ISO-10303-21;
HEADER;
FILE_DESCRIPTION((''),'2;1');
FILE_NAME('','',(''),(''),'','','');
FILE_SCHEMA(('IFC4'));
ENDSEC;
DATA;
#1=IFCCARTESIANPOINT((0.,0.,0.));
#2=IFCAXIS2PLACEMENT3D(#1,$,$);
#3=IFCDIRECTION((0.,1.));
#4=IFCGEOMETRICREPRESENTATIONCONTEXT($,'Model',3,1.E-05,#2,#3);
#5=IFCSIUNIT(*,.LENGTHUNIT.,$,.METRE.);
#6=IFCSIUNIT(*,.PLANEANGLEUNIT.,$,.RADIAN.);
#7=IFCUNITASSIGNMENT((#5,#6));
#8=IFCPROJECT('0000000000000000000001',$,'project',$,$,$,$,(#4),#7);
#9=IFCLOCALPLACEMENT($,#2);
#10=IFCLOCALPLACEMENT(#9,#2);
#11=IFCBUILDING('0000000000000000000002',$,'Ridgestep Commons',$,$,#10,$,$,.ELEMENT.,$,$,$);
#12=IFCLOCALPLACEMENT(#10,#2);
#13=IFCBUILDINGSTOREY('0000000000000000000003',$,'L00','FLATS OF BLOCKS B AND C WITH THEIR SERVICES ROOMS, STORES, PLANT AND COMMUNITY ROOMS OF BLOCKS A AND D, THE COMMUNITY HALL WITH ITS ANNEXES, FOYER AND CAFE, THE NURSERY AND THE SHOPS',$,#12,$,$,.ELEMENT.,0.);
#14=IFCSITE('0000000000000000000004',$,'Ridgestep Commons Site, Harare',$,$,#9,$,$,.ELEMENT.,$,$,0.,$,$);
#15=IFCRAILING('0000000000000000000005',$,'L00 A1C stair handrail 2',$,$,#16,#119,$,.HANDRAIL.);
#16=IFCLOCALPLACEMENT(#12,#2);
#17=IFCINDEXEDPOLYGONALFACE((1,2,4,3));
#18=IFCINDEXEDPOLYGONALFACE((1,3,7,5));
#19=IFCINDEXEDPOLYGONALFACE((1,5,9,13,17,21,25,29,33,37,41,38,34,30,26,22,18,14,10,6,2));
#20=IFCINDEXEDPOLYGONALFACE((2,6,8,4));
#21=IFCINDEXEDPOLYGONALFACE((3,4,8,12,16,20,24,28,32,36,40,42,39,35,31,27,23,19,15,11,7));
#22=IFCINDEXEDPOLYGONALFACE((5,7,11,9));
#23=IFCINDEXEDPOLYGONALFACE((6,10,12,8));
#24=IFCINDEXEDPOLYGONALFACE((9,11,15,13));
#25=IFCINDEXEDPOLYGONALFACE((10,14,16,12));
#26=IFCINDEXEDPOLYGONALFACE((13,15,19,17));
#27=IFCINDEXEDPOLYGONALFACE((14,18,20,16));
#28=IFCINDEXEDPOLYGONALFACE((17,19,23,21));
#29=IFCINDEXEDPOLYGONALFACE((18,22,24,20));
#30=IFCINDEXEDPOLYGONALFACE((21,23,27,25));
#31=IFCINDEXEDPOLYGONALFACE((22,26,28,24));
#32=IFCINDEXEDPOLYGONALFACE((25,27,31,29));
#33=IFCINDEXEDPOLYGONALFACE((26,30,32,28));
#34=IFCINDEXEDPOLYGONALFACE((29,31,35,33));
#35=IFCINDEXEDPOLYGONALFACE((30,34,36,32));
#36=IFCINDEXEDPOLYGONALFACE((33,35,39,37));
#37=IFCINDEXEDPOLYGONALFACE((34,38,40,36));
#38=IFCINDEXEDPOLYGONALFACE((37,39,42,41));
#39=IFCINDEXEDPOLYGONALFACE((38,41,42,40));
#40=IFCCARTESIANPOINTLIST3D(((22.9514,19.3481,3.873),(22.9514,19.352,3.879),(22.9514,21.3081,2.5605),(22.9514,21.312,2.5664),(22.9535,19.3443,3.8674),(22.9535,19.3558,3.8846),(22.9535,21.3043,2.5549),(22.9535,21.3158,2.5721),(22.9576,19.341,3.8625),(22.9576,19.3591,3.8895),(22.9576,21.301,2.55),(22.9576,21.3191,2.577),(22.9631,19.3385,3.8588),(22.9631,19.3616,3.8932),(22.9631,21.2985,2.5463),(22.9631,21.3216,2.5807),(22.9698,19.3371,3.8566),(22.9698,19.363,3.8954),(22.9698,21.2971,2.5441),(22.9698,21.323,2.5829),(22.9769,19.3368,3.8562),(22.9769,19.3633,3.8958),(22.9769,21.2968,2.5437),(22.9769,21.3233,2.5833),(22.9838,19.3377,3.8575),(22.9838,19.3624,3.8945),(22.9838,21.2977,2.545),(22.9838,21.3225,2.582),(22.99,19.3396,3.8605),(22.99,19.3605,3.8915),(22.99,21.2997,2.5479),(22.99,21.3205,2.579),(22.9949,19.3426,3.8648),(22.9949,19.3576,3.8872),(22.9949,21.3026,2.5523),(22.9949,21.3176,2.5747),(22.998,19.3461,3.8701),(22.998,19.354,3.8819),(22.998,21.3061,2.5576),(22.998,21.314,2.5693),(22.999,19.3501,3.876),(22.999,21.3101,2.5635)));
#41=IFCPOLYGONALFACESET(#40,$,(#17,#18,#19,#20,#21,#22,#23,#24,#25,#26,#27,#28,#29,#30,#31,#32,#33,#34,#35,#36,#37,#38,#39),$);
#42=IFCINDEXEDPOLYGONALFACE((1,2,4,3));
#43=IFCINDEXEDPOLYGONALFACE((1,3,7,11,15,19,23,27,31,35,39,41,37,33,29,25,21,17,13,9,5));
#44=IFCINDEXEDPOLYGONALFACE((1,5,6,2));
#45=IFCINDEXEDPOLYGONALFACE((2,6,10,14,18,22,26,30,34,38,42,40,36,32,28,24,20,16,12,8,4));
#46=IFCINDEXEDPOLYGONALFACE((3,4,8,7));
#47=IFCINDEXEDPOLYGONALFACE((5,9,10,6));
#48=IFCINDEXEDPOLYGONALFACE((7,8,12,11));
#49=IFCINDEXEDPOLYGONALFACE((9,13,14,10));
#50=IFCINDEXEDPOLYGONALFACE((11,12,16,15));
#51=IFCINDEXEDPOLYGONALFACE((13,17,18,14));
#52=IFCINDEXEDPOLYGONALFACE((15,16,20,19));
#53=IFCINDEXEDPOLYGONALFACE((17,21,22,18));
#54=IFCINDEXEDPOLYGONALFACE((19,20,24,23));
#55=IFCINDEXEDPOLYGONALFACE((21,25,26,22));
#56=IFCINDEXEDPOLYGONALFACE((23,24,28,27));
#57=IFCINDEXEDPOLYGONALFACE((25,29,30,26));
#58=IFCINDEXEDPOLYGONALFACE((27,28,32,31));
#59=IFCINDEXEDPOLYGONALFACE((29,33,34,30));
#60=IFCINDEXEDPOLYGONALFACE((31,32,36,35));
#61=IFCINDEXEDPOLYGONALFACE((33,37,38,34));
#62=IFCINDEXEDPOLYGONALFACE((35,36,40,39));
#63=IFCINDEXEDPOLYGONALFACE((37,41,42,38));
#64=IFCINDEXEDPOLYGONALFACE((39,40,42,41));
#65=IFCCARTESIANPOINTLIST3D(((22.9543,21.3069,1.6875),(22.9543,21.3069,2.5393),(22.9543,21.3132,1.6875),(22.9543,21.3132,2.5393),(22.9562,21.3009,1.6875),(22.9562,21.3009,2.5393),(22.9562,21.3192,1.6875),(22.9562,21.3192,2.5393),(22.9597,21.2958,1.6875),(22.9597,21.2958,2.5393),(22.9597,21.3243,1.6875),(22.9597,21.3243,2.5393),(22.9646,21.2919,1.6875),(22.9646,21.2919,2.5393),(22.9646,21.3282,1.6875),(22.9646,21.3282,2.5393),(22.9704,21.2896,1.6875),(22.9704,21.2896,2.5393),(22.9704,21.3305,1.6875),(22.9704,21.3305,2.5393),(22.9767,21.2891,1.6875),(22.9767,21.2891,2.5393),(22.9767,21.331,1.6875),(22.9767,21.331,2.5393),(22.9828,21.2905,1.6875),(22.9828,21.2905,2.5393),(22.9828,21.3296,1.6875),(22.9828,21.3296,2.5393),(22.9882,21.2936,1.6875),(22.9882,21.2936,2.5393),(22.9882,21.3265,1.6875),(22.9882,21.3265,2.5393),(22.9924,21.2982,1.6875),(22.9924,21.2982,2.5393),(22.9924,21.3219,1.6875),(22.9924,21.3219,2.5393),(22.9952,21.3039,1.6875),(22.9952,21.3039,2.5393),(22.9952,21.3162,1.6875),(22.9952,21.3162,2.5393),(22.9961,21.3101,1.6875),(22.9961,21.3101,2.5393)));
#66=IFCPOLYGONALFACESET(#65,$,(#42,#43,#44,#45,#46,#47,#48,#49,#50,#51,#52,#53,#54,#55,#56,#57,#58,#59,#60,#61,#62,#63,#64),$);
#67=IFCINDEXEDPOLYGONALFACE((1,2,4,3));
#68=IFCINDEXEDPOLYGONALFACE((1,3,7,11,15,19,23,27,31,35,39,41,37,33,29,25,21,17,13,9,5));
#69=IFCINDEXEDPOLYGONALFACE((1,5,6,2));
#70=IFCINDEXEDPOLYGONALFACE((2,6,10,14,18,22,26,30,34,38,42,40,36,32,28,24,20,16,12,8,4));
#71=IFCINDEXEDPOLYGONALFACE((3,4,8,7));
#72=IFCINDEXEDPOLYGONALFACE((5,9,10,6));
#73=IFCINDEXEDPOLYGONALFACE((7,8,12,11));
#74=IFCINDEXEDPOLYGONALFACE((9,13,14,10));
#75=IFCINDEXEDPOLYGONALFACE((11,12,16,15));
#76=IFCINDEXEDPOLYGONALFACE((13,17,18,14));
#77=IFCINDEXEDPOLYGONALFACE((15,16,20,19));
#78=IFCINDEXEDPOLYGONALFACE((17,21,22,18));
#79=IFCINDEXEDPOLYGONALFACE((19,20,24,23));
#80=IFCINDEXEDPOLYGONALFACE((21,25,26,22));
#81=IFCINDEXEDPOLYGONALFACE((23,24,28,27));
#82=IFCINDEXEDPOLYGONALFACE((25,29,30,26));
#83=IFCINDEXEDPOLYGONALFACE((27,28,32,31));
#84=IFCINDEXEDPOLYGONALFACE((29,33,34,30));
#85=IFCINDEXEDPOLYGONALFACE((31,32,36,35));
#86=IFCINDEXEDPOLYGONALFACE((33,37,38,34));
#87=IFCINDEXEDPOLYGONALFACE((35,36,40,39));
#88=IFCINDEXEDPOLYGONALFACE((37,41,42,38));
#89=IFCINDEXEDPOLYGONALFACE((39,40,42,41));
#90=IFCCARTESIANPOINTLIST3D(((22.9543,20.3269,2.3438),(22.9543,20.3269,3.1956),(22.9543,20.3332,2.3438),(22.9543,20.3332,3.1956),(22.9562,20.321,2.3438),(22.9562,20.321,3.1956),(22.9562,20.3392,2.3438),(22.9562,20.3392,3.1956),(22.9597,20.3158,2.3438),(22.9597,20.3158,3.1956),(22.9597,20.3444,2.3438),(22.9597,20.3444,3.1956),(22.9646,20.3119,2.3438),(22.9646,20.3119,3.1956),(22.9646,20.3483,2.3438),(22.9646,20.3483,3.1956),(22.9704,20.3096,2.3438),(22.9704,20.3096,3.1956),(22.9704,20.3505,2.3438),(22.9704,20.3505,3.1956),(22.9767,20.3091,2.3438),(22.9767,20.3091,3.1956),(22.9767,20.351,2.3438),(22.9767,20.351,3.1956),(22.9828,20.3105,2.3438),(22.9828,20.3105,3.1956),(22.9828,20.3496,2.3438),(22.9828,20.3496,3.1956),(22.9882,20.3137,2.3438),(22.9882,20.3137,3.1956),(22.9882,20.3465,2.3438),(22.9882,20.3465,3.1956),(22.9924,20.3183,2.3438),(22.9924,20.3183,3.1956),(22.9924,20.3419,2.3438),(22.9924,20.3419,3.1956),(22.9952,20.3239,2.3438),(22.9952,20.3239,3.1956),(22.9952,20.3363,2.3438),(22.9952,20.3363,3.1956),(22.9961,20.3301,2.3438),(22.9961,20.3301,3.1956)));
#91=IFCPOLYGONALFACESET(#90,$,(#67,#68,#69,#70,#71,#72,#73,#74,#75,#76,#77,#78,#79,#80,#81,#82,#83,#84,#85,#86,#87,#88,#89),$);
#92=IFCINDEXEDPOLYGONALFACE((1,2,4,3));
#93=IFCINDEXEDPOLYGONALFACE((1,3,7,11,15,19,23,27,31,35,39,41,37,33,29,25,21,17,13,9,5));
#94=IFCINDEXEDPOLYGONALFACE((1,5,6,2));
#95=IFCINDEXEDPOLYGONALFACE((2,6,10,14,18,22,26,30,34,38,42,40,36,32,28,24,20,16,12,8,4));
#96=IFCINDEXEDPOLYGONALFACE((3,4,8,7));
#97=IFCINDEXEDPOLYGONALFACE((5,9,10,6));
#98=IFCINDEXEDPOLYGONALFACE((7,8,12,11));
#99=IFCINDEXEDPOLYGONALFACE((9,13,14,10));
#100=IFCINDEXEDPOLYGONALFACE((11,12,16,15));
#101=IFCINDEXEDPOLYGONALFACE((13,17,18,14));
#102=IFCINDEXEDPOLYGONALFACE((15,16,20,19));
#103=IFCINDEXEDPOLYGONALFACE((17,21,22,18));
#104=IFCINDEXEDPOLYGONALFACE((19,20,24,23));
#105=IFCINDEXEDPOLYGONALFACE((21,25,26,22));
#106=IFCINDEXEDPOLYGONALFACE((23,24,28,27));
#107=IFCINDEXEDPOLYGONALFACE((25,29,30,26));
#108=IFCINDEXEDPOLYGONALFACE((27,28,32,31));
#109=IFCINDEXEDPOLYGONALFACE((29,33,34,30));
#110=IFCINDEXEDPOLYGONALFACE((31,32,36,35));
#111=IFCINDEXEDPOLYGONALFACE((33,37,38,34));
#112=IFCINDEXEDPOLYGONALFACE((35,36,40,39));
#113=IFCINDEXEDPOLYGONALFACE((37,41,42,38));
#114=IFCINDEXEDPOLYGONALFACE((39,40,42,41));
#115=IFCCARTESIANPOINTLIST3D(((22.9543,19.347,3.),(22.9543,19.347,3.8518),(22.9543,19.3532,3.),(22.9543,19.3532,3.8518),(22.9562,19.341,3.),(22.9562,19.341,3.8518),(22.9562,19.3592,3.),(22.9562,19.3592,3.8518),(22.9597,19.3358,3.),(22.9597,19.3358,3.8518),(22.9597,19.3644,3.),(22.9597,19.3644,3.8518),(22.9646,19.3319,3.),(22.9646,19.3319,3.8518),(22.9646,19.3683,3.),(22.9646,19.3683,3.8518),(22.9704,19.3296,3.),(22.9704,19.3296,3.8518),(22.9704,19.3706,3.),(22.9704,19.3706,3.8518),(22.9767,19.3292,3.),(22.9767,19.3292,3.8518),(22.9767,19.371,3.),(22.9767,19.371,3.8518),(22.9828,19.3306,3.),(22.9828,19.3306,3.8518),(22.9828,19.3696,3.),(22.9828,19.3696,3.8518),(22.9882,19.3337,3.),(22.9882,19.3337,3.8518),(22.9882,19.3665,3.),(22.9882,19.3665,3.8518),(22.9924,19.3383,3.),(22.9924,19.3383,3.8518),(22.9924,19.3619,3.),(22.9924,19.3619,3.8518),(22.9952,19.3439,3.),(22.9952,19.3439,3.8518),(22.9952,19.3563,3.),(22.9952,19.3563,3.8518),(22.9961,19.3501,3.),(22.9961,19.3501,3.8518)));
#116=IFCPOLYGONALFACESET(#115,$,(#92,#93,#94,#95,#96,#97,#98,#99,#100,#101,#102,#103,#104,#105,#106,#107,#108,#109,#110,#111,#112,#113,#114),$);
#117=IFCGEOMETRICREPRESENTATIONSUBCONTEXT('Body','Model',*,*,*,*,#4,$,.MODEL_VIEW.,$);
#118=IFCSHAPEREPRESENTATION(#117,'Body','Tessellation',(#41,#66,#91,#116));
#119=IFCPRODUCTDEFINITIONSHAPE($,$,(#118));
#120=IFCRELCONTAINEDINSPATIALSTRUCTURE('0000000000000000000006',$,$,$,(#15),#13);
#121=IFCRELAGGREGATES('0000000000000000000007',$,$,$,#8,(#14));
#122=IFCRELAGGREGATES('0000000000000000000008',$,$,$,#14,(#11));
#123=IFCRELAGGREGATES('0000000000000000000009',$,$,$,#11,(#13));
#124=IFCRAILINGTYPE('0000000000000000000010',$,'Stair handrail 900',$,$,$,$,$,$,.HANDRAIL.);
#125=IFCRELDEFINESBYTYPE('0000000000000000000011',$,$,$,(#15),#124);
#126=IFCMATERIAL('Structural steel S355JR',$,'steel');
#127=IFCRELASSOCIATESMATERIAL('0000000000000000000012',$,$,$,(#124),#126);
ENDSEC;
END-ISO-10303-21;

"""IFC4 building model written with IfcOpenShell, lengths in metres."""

from ifc_helpers import new_model, si_unit, direction, frame, origin, origin_2d, place, context, subcontext, project, spatial, circle, extrude, material, type_object, element, save


model = new_model("IFC4")

# Units and contexts
model_context = context("Model", 3, precision=1e-05, world=origin(), true_north=direction((0.0, 1.0)))
body_context = subcontext(model_context, "Body", "Model", "MODEL_VIEW")
ifc_project = project(units=[si_unit("LENGTHUNIT", "METRE"), si_unit("PLANEANGLEUNIT", "RADIAN")], contexts=[model_context])

# Site, building, storey
site_placement = place(None, origin())
site = spatial("IfcSite", under=ifc_project, at=site_placement, Name="Ridgestep Commons Site, Harare", CompositionType="ELEMENT", RefElevation=0.0)
building_placement = place(site_placement, origin())
building = spatial("IfcBuilding", under=site, at=building_placement, Name="Ridgestep Commons", CompositionType="ELEMENT")
storey_placement = place(building_placement, origin())
storey = spatial("IfcBuildingStorey", under=building, at=storey_placement, Name="L00", Description="FLATS OF BLOCKS B AND C WITH THEIR SERVICES ROOMS, STORES, PLANT AND COMMUNITY ROOMS OF BLOCKS A AND D, THE COMMUNITY HALL WITH ITS ANNEXES, FOYER AND CAFE, THE NURSERY AND THE SHOPS", CompositionType="ELEMENT", Elevation=0.0)

# Railing
ifc_material_1 = material(Name="Structural steel S355JR", Category="steel")
railing_type = type_object("IfcRailingType", Name="Stair handrail 900", PredefinedType="HANDRAIL", material=ifc_material_1)
railing_placement = place(storey_placement, frame((22.9751, 21.3101, 1.6875)))
element("IfcRailing", 1, at=railing_placement, inside=storey, type_object=railing_type, Name="L00 A1C stair handrail 2", PredefinedType="HANDRAIL", context=body_context, shape_type="SweptSolid", body=[
    extrude(circle(Radius=0.0239, at=origin_2d()), frame((0.0, 0.0, 0.876), z_axis=(0.0, -0.830902, 0.556419), x_axis=(1.0, 0.0, 0.0)), (0.0, 0.0, 1.0), 2.3589),
    extrude(circle(Radius=0.021, at=origin_2d()), origin(), (0.0, 0.0, 1.0), 0.8518),
    extrude(circle(Radius=0.021, at=origin_2d()), frame((0.0, -0.98, 0.6562)), (0.0, 0.0, 1.0), 0.8518),
    extrude(circle(Radius=0.021, at=origin_2d()), frame((0.0, -1.96, 1.3125)), (0.0, 0.0, 1.0), 0.8518),
])

save(model, "model.ifc")
